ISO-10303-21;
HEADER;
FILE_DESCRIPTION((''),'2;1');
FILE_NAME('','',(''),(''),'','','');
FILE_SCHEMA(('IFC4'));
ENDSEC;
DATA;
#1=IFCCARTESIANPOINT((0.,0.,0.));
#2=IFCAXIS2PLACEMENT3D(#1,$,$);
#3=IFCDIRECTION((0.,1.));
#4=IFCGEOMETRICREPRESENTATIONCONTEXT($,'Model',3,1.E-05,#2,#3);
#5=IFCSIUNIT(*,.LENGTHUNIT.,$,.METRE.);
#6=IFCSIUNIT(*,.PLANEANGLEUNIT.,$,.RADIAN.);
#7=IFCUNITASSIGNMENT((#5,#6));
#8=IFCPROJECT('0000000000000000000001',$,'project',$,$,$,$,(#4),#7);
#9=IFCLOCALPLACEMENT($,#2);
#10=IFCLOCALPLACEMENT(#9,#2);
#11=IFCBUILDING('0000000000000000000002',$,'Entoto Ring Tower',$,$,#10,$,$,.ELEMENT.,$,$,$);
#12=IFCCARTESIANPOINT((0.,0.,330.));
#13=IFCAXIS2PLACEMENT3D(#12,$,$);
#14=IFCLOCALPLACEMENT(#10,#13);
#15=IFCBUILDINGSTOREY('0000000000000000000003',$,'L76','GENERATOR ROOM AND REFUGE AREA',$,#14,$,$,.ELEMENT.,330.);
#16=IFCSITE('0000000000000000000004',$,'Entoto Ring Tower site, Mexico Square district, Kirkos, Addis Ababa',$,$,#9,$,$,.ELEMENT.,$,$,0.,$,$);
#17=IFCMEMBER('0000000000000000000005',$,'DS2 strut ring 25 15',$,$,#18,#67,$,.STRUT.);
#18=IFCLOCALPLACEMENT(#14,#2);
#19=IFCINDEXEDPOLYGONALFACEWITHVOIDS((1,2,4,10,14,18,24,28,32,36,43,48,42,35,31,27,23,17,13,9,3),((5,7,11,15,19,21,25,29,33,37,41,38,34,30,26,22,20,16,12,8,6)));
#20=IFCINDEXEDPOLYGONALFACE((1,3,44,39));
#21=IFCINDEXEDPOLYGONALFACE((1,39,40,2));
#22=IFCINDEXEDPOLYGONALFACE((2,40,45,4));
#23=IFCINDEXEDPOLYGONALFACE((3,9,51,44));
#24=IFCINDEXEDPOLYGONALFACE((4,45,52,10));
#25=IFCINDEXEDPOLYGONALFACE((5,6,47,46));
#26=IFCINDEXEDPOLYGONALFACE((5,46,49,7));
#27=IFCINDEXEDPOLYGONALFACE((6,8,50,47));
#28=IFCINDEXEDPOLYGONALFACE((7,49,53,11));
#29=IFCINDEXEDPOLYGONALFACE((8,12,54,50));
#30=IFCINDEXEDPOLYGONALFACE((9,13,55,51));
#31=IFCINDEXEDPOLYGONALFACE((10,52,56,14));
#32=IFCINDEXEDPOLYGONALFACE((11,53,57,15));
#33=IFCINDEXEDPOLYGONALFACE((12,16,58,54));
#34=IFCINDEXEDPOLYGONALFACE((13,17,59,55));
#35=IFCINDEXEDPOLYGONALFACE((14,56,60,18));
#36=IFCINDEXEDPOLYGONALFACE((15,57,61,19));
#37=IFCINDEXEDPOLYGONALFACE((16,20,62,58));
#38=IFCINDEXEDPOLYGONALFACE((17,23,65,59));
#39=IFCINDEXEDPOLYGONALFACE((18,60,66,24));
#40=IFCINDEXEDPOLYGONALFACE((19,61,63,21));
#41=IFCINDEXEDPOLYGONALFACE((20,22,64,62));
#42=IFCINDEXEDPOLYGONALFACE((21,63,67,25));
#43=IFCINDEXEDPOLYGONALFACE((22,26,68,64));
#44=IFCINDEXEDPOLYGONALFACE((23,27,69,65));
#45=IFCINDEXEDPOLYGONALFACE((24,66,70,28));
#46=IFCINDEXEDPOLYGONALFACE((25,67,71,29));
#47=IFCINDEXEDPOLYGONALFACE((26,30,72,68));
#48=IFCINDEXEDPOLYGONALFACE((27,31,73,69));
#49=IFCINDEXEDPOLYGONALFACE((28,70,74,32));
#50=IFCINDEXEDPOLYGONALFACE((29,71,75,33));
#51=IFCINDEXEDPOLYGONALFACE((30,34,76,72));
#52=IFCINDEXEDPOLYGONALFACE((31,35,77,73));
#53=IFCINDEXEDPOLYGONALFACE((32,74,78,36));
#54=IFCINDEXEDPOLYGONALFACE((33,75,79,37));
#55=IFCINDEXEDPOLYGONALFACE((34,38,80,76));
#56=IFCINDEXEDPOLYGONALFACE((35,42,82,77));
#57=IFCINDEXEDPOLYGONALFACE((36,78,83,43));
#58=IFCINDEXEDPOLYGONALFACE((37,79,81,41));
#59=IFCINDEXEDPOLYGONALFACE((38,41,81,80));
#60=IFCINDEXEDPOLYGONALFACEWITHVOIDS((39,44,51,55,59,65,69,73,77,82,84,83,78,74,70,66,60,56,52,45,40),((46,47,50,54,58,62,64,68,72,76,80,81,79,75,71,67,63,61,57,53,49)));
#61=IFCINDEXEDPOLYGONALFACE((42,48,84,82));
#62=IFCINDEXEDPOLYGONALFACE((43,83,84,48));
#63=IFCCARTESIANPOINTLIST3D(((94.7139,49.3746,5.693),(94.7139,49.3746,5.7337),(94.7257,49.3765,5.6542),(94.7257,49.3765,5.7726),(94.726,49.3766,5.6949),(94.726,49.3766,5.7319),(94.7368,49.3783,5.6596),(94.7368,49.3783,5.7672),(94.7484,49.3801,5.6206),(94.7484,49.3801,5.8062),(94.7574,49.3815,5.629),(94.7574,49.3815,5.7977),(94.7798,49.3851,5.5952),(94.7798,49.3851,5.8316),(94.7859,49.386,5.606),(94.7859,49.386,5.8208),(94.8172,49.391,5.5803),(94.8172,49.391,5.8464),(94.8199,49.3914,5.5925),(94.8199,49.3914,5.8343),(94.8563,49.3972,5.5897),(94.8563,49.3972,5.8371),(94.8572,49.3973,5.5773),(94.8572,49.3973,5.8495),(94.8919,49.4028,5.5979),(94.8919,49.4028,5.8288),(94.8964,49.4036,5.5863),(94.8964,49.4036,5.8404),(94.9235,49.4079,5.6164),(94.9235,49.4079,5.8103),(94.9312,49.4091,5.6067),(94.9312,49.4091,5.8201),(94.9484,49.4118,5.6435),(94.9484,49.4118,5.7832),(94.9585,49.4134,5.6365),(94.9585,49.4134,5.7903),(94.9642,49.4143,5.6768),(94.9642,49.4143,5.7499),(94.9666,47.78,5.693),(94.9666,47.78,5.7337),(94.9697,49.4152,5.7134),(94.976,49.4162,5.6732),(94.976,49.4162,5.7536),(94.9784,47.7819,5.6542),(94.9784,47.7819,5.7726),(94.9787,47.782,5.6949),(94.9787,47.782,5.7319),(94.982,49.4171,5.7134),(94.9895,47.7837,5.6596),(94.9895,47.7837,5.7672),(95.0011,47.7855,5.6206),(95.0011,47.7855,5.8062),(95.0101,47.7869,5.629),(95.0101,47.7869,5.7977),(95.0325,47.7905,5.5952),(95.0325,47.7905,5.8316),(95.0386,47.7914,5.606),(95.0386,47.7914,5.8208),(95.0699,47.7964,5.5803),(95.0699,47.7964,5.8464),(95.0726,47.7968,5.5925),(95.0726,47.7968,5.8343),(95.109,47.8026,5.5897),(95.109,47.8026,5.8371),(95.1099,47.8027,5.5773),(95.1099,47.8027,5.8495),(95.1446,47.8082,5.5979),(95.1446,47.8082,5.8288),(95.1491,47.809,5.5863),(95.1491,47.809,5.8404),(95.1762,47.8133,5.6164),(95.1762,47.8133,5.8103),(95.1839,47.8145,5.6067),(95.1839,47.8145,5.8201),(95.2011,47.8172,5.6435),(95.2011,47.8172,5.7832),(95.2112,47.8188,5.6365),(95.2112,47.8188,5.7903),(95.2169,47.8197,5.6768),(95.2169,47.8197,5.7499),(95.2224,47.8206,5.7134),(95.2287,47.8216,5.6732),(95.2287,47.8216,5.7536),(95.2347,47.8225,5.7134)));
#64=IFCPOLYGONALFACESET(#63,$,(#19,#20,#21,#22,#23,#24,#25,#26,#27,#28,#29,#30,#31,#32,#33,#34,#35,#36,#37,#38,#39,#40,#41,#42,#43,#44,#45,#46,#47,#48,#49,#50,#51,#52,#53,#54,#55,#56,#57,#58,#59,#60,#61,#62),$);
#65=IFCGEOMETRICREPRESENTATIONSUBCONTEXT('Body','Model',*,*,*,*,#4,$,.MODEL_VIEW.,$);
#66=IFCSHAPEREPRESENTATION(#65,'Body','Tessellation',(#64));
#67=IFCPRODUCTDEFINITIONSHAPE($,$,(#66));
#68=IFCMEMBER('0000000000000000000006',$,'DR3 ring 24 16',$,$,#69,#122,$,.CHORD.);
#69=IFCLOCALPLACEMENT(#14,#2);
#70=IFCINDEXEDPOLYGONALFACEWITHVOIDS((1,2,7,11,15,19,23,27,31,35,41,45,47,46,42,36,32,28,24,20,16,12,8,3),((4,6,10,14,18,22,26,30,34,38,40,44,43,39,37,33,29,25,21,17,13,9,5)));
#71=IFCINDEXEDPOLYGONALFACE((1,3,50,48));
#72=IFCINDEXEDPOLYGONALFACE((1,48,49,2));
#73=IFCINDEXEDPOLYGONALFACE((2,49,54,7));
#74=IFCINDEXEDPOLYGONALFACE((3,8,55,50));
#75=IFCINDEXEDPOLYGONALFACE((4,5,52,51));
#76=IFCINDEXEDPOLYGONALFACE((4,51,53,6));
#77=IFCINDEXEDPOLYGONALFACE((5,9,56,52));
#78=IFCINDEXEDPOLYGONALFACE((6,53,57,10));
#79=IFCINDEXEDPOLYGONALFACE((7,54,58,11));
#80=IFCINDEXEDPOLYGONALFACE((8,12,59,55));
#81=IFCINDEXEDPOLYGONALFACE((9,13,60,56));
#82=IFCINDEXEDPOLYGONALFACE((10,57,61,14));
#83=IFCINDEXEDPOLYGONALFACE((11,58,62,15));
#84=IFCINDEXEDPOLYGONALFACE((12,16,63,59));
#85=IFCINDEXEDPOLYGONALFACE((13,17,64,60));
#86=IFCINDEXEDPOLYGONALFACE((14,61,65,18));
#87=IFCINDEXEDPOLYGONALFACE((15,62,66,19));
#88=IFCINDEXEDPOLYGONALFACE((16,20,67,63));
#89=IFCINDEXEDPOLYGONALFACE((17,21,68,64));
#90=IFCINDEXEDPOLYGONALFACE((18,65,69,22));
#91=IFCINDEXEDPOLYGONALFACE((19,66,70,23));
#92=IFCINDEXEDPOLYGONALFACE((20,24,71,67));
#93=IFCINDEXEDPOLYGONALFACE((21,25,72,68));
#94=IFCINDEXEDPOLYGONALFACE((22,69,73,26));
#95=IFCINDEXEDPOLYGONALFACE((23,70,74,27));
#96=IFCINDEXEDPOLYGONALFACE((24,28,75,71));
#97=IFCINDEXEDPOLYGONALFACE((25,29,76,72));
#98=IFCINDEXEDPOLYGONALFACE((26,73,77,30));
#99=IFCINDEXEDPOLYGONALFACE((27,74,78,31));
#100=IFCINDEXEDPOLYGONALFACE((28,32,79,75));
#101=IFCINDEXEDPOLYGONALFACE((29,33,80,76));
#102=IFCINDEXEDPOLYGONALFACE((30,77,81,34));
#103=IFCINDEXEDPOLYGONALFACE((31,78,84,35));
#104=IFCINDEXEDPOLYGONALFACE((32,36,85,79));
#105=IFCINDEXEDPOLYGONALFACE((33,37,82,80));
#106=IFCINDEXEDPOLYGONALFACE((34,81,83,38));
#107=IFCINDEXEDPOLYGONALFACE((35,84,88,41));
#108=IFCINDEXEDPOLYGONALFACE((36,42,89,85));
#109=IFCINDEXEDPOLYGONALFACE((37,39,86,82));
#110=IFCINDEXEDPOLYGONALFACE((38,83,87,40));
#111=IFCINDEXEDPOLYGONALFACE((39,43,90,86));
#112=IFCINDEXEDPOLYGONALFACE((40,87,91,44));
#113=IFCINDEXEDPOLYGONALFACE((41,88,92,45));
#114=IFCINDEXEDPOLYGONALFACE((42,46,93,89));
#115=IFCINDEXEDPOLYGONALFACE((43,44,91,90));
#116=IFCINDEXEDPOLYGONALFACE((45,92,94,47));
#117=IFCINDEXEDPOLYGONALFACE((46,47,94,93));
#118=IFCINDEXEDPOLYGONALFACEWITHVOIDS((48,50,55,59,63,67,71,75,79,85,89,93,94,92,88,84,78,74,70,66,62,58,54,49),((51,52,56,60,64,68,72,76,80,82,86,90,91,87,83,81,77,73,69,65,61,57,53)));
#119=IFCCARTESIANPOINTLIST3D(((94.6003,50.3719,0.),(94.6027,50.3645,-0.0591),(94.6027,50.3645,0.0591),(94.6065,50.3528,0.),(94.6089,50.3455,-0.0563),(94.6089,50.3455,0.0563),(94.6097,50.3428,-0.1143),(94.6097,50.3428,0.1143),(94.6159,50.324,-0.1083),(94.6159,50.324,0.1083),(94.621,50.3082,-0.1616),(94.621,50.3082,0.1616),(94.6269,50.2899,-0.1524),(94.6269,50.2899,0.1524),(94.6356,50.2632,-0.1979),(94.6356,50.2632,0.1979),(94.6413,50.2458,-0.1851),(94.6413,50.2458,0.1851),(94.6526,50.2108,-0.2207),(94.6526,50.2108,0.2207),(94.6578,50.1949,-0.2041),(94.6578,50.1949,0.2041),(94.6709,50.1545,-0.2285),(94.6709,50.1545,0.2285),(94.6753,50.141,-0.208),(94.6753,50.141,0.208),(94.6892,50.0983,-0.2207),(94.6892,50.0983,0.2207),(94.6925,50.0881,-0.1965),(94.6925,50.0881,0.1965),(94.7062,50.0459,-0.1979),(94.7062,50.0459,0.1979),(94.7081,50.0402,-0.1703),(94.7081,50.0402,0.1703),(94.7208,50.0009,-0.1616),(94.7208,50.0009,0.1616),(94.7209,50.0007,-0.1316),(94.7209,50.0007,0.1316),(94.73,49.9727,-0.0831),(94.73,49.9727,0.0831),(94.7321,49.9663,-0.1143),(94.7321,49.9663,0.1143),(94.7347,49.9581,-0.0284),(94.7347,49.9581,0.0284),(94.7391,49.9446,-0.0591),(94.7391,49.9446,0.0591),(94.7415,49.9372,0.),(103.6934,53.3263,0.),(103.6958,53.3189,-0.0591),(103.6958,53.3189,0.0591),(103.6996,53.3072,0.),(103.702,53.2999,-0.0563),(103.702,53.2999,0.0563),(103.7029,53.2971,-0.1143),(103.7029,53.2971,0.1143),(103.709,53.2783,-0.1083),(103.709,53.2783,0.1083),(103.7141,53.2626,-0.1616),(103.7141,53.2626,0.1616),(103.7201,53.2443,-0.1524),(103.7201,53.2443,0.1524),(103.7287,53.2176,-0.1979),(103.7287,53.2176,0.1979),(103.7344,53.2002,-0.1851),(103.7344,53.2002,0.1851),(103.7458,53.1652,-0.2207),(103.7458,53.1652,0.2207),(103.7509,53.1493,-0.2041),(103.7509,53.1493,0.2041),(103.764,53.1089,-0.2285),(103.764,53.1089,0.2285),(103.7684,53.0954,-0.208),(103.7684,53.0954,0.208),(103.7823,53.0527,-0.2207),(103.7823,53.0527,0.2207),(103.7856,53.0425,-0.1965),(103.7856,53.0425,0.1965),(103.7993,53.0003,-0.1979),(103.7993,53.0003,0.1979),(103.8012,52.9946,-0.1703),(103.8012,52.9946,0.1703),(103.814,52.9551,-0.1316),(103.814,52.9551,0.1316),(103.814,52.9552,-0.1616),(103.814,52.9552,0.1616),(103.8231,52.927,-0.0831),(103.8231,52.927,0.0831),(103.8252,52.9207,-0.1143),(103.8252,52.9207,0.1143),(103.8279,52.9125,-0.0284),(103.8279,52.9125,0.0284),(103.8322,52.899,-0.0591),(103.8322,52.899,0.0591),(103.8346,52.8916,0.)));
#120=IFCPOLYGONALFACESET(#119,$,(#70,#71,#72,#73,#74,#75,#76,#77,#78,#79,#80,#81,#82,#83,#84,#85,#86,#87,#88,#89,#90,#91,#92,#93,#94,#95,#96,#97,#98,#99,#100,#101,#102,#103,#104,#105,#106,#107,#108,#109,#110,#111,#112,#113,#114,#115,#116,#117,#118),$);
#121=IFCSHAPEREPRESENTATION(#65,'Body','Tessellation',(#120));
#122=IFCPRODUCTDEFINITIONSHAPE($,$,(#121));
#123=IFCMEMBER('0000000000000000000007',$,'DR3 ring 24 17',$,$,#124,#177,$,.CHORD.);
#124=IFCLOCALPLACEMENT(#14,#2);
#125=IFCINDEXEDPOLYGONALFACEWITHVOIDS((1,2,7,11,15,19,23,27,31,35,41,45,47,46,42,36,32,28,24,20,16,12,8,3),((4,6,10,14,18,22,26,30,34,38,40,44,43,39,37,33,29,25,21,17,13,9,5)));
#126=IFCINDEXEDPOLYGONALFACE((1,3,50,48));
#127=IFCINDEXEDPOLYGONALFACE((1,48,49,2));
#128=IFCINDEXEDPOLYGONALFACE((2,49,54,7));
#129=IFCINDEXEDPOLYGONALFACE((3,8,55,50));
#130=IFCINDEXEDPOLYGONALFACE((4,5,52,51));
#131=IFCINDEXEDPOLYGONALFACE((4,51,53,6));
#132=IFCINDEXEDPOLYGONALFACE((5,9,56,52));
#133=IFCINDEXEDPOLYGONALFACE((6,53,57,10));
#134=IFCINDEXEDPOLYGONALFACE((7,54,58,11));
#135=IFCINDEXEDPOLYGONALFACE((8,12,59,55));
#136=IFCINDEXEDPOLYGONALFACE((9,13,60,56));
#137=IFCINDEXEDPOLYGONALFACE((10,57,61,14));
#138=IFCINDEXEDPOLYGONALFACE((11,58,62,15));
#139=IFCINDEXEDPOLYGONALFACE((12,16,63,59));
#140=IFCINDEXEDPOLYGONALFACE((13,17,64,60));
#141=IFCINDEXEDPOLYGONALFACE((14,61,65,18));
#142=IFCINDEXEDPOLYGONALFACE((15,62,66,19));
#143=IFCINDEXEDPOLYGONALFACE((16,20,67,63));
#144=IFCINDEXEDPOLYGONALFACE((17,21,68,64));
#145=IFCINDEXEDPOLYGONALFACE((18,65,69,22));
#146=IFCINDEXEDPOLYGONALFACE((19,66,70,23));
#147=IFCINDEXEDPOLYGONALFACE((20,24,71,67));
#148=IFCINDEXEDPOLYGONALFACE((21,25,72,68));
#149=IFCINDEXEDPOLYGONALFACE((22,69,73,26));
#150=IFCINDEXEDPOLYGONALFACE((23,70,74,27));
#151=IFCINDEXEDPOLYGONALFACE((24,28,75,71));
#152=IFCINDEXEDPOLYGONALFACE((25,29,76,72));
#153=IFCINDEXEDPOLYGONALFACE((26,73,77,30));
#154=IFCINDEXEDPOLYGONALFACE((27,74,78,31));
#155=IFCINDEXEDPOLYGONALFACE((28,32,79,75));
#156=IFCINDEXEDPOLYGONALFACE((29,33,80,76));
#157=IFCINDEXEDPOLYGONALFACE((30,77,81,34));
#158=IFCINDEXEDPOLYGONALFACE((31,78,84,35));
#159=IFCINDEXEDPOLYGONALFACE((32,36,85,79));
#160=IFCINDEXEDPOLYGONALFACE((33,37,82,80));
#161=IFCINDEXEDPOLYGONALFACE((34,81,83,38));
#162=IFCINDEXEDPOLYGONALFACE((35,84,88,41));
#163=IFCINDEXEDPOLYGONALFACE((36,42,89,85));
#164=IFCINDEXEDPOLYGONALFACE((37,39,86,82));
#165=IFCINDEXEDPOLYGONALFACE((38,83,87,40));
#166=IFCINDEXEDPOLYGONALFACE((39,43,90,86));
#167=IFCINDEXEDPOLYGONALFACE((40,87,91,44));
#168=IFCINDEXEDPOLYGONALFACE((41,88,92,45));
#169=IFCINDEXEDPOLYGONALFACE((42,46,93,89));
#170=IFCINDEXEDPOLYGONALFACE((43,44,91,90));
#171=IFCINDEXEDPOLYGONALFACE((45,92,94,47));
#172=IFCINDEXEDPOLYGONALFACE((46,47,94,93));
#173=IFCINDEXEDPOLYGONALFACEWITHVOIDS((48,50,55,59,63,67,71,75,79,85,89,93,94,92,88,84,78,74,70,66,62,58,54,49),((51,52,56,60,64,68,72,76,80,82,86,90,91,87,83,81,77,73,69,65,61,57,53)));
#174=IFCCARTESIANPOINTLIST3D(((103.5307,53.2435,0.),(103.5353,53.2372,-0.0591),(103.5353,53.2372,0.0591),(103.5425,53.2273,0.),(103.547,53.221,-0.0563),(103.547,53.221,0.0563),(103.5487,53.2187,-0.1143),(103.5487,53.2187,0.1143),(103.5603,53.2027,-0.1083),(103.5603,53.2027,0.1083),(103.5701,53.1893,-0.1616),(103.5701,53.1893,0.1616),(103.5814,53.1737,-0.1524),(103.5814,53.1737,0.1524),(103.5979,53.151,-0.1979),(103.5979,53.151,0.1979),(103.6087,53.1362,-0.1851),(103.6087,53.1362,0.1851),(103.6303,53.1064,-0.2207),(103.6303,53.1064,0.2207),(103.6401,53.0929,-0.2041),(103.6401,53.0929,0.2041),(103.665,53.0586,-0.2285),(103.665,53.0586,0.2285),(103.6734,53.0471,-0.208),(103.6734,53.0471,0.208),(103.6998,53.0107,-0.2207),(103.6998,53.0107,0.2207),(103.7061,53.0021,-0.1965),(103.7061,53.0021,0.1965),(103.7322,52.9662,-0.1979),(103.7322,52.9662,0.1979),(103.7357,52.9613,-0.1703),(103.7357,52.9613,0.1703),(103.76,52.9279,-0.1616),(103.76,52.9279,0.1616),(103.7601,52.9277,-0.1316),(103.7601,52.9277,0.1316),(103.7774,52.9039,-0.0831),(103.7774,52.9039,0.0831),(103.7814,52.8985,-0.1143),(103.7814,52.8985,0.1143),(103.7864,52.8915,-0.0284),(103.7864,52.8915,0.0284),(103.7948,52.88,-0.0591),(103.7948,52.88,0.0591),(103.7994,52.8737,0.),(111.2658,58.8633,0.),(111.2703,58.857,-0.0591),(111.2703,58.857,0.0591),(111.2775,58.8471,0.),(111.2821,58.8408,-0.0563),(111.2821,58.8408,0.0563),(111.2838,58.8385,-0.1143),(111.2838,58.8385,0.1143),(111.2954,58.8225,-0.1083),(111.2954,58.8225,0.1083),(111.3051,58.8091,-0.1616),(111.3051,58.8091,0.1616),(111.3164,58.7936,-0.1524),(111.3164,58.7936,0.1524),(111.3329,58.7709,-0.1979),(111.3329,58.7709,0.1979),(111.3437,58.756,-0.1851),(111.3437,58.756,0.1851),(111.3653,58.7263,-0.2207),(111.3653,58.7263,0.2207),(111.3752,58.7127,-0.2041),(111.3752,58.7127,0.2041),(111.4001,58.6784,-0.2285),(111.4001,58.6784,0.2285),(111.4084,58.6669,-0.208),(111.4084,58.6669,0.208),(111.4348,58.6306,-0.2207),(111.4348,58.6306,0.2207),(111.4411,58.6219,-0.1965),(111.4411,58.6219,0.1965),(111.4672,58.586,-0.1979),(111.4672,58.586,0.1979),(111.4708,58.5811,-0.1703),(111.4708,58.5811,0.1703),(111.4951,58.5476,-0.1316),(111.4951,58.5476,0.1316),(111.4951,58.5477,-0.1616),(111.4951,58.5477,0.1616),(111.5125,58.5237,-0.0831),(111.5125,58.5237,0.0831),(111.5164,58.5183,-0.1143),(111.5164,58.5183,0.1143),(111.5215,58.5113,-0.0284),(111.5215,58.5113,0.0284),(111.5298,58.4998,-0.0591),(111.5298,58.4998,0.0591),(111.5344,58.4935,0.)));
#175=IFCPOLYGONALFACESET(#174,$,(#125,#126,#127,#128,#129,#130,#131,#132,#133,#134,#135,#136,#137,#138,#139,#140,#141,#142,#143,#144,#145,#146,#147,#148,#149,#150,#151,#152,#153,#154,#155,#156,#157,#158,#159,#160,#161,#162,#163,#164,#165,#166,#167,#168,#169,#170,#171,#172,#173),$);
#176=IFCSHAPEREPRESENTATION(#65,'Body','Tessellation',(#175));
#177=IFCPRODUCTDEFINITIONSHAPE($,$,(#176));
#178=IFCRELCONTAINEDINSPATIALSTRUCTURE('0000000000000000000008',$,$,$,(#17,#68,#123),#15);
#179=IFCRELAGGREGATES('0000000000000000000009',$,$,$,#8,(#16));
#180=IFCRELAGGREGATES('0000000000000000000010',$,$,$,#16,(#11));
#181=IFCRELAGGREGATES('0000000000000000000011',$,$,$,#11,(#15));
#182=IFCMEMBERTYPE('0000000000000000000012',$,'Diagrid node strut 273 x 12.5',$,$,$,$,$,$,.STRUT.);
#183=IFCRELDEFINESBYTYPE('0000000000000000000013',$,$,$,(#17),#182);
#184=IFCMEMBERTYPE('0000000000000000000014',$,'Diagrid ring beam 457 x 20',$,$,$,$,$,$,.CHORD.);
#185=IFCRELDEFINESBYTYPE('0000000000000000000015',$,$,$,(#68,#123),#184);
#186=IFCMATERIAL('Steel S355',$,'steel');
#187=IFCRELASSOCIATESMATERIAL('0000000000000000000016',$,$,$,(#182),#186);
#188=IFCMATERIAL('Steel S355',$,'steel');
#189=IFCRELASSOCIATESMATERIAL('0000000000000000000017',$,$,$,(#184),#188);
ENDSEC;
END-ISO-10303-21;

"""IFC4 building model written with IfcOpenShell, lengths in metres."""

from ifc_helpers import new_model, si_unit, direction, frame, origin, origin_2d, place, context, subcontext, project, spatial, circle, hollow_circle, extrude, material, material_profile, profile_set, type_object, element, save


model = new_model("IFC4")

# Units and contexts
model_context = context("Model", 3, precision=1e-05, world=origin(), true_north=direction((0.0, 1.0)))
body_context = subcontext(model_context, "Body", "Model", "MODEL_VIEW")
ifc_project = project(units=[si_unit("LENGTHUNIT", "METRE"), si_unit("PLANEANGLEUNIT", "RADIAN")], contexts=[model_context])

# Site, building, storey
site_placement = place(None, origin())
site = spatial("IfcSite", under=ifc_project, at=site_placement, Name="Entoto Ring Tower site, Mexico Square district, Kirkos, Addis Ababa", CompositionType="ELEMENT", RefElevation=0.0)
building_placement = place(site_placement, origin())
building = spatial("IfcBuilding", under=site, at=building_placement, Name="Entoto Ring Tower", CompositionType="ELEMENT")
storey_placement = place(building_placement, frame((0.0, 0.0, 330.0)))
storey = spatial("IfcBuildingStorey", under=building, at=storey_placement, Name="L76", Description="GENERATOR ROOM AND REFUGE AREA", CompositionType="ELEMENT", Elevation=330.0)

# Members
ifc_material_1 = material(Name="Steel S355", Category="steel")
ifc_material_profile_1 = material_profile(ifc_material_1, hollow_circle(Radius=0.1365, WallThickness=0.0125, at=origin_2d()), Name="CHS 273 x 12.5")
ifc_material_2 = material(Name="Concrete C60/75", Category="concrete")
ifc_material_profile_2 = material_profile(ifc_material_2, circle(Radius=0.124, at=origin_2d()), Name="Concrete C60/75 infill")
ifc_profile_set_1 = profile_set([ifc_material_profile_1, ifc_material_profile_2], Name="Steel S355")
member_type_1 = type_object("IfcMemberType", Name="Diagrid node strut 273 x 12.5", PredefinedType="STRUT", material=ifc_profile_set_1)
member_1_placement = place(storey_placement, frame((94.8472, 49.3958, 5.7134), z_axis=(0.156522, -0.987675, 0.0), x_axis=(0.987675, 0.156522, 0.0)))
element("IfcMember", 1, at=member_1_placement, inside=storey, type_object=member_type_1, Name="DS2 strut ring 25 15", PredefinedType="STRUT", context=body_context, shape_type="SweptSolid", body=[
    extrude(hollow_circle(Radius=0.1365, WallThickness=0.0125, at=origin_2d()), origin(), (0.0, 0.0, 1.0), 1.6145),
])
ifc_material_3 = material(Name="Steel S355", Category="steel")
ifc_material_profile_3 = material_profile(ifc_material_3, hollow_circle(Radius=0.2285, WallThickness=0.02, at=origin_2d()), Name="CHS 457 x 20")
ifc_material_4 = material(Name="Concrete C60/75", Category="concrete")
ifc_material_profile_4 = material_profile(ifc_material_4, circle(Radius=0.2085, at=origin_2d()), Name="Concrete C60/75 infill")
ifc_profile_set_2 = profile_set([ifc_material_profile_3, ifc_material_profile_4], Name="Steel S355")
member_type_2 = type_object("IfcMemberType", Name="Diagrid ring beam 457 x 20", PredefinedType="CHORD", material=ifc_profile_set_2)
for number, where, z_axis, x_axis, name in (
    (2, (94.6709, 50.1545, 0.0), (0.951061, 0.309002, 0.0), (-0.309002, 0.951061, 0.0), "DR3 ring 24 16"),
    (3, (103.665, 53.0586, 0.0), (0.809018, 0.587784, 0.0), (-0.587784, 0.809018, 0.0), "DR3 ring 24 17"),
):
    element("IfcMember", number, at=place(storey_placement, frame(where, z_axis=z_axis, x_axis=x_axis)), inside=storey, type_object=member_type_2, Name=name, PredefinedType="CHORD", context=body_context, shape_type="SweptSolid", body=[
        extrude(hollow_circle(Radius=0.2285, WallThickness=0.02, at=origin_2d()), origin(), (0.0, 0.0, 1.0), 9.561),
    ])

save(model, "model.ifc")
